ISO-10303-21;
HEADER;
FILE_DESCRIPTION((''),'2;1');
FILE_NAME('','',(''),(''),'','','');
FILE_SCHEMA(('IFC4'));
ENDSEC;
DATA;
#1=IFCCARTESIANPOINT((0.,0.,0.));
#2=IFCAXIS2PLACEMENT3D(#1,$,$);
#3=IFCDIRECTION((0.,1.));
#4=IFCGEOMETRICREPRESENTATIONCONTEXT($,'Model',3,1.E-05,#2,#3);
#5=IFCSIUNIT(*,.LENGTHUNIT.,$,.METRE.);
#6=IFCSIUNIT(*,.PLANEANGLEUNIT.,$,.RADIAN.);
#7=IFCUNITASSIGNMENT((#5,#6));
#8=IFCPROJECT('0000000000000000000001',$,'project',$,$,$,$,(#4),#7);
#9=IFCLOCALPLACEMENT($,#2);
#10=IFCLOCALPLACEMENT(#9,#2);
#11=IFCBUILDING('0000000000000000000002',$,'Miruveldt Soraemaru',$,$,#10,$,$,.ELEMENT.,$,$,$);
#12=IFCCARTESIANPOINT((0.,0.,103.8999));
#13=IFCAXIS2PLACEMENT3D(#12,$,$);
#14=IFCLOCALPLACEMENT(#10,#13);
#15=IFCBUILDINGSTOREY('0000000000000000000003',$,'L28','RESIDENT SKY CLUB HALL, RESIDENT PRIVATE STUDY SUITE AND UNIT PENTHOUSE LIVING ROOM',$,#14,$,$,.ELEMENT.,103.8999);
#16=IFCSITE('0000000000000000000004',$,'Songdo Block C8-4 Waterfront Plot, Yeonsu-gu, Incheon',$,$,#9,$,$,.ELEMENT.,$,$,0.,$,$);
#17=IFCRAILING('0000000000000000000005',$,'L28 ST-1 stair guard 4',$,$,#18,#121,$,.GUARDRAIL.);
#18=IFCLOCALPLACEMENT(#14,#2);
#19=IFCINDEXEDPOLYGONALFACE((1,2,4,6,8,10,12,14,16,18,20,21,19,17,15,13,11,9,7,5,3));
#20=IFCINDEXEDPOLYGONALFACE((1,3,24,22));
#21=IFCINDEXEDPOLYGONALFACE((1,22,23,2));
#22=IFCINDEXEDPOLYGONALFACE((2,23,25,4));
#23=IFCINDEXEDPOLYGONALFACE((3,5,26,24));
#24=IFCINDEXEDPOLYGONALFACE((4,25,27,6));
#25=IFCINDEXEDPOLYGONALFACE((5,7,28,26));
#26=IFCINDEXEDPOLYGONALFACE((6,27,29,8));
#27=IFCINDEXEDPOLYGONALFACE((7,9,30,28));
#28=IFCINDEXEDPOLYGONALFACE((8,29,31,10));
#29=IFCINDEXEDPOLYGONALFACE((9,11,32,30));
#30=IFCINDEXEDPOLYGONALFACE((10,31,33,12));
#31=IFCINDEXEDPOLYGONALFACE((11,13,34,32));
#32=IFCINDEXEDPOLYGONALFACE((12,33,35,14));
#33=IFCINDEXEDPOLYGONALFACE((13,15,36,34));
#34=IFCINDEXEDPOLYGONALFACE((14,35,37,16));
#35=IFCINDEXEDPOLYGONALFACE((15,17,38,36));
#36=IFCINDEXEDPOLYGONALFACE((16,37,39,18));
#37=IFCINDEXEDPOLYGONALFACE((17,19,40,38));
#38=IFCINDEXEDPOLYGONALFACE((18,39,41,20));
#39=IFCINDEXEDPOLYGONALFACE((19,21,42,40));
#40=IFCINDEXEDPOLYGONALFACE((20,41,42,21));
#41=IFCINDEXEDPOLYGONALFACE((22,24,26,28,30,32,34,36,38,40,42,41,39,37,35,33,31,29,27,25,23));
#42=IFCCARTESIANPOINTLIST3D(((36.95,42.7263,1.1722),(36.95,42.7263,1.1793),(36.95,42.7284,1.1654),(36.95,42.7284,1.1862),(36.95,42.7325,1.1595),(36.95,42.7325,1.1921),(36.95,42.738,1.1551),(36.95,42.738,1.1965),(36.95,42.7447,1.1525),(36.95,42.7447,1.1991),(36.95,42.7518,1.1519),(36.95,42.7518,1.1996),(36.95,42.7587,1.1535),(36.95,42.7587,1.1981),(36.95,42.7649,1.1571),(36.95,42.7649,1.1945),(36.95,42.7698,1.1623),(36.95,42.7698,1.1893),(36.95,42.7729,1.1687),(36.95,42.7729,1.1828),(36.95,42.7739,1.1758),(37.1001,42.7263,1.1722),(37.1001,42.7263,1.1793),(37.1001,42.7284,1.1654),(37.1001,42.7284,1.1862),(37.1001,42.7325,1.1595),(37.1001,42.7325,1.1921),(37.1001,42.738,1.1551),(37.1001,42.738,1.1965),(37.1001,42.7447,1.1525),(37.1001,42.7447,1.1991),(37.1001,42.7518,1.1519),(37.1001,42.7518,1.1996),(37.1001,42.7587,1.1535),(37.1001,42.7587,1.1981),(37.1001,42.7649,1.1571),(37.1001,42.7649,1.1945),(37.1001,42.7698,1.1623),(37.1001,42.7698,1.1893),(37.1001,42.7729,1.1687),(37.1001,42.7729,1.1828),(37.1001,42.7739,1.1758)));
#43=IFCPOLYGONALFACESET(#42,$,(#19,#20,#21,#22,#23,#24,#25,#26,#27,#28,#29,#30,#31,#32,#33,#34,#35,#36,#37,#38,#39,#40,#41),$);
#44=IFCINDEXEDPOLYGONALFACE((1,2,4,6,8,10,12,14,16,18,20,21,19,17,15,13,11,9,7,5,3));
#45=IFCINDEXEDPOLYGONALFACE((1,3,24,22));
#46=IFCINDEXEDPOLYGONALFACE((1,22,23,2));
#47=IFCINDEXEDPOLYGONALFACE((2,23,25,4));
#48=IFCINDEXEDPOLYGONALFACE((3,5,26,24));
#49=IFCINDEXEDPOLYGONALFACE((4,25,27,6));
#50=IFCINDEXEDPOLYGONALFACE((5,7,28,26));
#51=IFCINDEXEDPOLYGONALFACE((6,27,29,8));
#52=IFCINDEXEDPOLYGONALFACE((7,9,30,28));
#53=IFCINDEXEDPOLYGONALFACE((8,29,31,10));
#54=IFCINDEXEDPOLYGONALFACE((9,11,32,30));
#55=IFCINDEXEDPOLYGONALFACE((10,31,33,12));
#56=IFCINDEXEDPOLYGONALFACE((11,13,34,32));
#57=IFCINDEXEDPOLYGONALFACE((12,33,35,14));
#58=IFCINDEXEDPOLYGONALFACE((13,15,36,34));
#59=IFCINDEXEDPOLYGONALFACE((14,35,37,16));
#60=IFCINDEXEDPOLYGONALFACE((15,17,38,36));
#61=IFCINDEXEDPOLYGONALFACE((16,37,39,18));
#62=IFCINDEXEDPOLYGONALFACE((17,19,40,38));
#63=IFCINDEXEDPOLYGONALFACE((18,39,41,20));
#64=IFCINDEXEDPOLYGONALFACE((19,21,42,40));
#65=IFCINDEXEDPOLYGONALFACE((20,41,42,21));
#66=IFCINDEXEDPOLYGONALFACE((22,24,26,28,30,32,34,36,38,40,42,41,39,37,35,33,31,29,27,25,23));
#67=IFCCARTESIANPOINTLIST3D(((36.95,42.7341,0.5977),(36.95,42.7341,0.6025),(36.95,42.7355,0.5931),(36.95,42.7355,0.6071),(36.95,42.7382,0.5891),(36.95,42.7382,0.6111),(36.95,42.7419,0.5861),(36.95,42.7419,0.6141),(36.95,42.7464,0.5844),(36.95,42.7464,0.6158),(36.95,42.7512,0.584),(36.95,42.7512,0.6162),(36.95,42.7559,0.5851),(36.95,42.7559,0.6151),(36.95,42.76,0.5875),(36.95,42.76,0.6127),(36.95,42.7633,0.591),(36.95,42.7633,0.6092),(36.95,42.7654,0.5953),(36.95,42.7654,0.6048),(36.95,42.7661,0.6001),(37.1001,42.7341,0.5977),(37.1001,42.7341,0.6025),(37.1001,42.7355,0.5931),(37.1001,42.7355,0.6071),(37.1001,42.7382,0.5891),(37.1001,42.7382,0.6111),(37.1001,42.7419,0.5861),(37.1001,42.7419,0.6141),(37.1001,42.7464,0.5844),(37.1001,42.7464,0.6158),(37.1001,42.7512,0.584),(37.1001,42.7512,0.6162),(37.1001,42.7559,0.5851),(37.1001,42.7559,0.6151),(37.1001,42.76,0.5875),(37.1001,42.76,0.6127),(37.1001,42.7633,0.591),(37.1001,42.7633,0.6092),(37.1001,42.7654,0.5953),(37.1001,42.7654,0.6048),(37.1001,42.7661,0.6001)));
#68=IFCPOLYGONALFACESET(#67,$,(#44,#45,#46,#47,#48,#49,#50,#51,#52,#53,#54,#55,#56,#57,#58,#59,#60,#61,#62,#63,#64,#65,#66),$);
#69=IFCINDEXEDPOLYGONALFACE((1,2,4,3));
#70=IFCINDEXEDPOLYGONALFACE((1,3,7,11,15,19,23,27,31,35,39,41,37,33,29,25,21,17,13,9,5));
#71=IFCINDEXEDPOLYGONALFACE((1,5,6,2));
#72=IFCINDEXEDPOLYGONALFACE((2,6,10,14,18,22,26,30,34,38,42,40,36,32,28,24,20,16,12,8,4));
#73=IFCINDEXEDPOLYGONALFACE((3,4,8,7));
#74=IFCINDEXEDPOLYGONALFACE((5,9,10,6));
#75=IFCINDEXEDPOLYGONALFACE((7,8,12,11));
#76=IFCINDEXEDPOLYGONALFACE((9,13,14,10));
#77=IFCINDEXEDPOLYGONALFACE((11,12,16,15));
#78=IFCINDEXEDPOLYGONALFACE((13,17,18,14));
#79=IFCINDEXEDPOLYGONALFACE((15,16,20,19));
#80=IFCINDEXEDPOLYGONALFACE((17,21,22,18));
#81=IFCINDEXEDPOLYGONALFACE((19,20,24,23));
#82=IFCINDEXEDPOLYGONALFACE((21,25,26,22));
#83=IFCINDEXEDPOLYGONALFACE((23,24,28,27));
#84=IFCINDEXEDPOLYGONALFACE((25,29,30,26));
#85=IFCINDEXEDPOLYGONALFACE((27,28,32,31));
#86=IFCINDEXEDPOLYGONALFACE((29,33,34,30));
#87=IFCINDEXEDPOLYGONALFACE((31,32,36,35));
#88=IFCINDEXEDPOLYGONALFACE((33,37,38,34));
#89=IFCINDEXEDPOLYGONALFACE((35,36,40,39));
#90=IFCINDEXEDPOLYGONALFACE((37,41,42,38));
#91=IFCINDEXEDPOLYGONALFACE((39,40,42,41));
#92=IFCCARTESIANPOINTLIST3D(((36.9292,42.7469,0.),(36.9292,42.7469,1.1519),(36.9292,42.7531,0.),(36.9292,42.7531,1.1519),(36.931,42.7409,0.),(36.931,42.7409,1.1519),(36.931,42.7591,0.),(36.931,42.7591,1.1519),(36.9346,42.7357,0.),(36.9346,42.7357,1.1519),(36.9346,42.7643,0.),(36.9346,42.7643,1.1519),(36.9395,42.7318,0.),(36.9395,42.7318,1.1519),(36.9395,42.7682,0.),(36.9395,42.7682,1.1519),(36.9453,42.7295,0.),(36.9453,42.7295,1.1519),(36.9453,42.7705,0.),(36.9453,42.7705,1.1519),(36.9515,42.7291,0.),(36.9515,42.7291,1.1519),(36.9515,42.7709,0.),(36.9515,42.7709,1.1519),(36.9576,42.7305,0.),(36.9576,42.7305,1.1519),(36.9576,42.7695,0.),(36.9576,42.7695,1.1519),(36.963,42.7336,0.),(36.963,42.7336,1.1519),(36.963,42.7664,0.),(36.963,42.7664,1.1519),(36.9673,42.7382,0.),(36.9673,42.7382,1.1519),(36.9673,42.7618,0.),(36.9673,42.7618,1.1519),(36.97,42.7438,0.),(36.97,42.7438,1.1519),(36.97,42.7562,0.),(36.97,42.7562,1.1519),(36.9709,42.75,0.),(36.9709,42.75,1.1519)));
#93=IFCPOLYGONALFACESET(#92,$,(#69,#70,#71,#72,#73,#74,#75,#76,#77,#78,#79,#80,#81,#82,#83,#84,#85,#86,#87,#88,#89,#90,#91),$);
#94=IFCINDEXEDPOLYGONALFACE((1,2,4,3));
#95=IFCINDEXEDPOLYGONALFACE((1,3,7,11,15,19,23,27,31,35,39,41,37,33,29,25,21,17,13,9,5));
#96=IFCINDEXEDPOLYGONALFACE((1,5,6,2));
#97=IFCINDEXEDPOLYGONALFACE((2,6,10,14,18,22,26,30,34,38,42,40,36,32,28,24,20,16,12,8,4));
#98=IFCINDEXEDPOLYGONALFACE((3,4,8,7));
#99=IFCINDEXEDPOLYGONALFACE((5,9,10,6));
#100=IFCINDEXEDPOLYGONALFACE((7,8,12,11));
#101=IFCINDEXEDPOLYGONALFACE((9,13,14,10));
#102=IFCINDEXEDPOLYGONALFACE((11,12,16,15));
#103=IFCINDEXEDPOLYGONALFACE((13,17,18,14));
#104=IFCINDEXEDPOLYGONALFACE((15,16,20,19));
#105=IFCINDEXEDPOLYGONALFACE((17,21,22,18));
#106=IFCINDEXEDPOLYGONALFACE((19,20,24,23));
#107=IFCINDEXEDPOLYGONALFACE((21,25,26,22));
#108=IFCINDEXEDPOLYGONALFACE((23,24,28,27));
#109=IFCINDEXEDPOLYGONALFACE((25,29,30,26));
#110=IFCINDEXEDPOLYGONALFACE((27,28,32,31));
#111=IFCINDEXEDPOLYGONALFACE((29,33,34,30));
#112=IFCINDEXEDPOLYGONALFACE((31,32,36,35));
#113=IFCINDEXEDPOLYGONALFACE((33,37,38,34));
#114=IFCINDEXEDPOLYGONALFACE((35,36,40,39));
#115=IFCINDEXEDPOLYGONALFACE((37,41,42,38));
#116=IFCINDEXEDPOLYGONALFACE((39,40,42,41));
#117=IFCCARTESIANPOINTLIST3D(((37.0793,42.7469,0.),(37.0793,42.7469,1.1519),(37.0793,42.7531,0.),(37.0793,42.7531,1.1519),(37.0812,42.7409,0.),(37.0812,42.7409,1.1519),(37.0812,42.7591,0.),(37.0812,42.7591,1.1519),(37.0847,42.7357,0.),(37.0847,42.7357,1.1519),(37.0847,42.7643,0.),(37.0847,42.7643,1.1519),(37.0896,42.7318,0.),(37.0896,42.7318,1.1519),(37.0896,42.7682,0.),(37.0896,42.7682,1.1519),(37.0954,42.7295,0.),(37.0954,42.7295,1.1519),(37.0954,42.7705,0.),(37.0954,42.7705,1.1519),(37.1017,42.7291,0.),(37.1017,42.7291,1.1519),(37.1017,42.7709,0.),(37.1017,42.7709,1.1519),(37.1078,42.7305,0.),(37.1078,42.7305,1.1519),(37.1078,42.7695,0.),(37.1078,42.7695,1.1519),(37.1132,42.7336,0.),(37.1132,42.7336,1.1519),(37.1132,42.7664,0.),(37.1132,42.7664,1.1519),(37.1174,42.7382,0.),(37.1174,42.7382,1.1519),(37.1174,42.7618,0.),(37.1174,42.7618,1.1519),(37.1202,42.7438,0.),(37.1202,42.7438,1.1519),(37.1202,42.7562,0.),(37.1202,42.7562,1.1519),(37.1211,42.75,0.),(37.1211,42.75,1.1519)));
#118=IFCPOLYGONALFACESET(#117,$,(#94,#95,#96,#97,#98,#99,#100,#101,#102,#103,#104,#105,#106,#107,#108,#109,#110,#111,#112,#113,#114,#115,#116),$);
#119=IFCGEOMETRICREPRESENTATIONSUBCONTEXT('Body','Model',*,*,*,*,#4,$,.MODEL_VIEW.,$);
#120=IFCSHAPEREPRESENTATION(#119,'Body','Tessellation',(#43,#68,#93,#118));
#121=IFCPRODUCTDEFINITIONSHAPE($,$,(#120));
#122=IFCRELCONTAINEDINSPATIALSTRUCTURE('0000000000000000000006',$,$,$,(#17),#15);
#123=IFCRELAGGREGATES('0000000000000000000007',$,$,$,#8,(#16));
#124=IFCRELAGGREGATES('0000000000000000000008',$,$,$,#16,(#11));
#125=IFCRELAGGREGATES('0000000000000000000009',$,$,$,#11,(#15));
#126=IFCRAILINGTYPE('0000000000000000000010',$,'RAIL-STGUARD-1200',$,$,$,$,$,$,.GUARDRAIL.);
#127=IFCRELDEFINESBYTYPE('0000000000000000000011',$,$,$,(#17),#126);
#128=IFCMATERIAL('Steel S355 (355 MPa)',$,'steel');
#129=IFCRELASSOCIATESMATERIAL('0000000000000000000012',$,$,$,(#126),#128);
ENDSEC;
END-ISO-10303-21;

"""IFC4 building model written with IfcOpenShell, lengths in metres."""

from ifc_helpers import new_model, si_unit, direction, frame, origin, origin_2d, place, context, subcontext, project, spatial, circle, extrude, material, type_object, element, save


model = new_model("IFC4")

# Units and contexts
model_context = context("Model", 3, precision=1e-05, world=origin(), true_north=direction((0.0, 1.0)))
body_context = subcontext(model_context, "Body", "Model", "MODEL_VIEW")
ifc_project = project(units=[si_unit("LENGTHUNIT", "METRE"), si_unit("PLANEANGLEUNIT", "RADIAN")], contexts=[model_context])

# Site, building, storey
site_placement = place(None, origin())
site = spatial("IfcSite", under=ifc_project, at=site_placement, Name="Songdo Block C8-4 Waterfront Plot, Yeonsu-gu, Incheon", CompositionType="ELEMENT", RefElevation=0.0)
building_placement = place(site_placement, origin())
building = spatial("IfcBuilding", under=site, at=building_placement, Name="Miruveldt Soraemaru", CompositionType="ELEMENT")
storey_placement = place(building_placement, frame((0.0, 0.0, 103.8999)))
storey = spatial("IfcBuildingStorey", under=building, at=storey_placement, Name="L28", Description="RESIDENT SKY CLUB HALL, RESIDENT PRIVATE STUDY SUITE AND UNIT PENTHOUSE LIVING ROOM", CompositionType="ELEMENT", Elevation=103.8999)

# Railing
ifc_material_1 = material(Name="Steel S355 (355 MPa)", Category="steel")
railing_type_1 = type_object("IfcRailingType", Name="RAIL-STGUARD-1200", PredefinedType="GUARDRAIL", material=ifc_material_1)
railing_1_placement = place(storey_placement, frame((36.95, 42.75, 0.0)))
element("IfcRailing", 1, at=railing_1_placement, inside=storey, type_object=railing_type_1, Name="L28 ST-1 stair guard 4", PredefinedType="GUARDRAIL", context=body_context, shape_type="SweptSolid", body=[
    extrude(circle(Radius=0.0239, at=origin_2d()), frame((0.0, 0.0, 1.1758), z_axis=(1.0, 0.0, 0.0), x_axis=(0.0, 1.0, 0.0)), (0.0, 0.0, 1.0), 0.1501),
    extrude(circle(Radius=0.0161, at=origin_2d()), frame((0.0, 0.0, 0.6001), z_axis=(1.0, 0.0, 0.0), x_axis=(0.0, 1.0, 0.0)), (0.0, 0.0, 1.0), 0.1501),
    extrude(circle(Radius=0.021, at=origin_2d()), origin(), (0.0, 0.0, 1.0), 1.1519),
    extrude(circle(Radius=0.021, at=origin_2d()), frame((0.1501, 0.0, 0.0)), (0.0, 0.0, 1.0), 1.1519),
])

save(model, "model.ifc")
